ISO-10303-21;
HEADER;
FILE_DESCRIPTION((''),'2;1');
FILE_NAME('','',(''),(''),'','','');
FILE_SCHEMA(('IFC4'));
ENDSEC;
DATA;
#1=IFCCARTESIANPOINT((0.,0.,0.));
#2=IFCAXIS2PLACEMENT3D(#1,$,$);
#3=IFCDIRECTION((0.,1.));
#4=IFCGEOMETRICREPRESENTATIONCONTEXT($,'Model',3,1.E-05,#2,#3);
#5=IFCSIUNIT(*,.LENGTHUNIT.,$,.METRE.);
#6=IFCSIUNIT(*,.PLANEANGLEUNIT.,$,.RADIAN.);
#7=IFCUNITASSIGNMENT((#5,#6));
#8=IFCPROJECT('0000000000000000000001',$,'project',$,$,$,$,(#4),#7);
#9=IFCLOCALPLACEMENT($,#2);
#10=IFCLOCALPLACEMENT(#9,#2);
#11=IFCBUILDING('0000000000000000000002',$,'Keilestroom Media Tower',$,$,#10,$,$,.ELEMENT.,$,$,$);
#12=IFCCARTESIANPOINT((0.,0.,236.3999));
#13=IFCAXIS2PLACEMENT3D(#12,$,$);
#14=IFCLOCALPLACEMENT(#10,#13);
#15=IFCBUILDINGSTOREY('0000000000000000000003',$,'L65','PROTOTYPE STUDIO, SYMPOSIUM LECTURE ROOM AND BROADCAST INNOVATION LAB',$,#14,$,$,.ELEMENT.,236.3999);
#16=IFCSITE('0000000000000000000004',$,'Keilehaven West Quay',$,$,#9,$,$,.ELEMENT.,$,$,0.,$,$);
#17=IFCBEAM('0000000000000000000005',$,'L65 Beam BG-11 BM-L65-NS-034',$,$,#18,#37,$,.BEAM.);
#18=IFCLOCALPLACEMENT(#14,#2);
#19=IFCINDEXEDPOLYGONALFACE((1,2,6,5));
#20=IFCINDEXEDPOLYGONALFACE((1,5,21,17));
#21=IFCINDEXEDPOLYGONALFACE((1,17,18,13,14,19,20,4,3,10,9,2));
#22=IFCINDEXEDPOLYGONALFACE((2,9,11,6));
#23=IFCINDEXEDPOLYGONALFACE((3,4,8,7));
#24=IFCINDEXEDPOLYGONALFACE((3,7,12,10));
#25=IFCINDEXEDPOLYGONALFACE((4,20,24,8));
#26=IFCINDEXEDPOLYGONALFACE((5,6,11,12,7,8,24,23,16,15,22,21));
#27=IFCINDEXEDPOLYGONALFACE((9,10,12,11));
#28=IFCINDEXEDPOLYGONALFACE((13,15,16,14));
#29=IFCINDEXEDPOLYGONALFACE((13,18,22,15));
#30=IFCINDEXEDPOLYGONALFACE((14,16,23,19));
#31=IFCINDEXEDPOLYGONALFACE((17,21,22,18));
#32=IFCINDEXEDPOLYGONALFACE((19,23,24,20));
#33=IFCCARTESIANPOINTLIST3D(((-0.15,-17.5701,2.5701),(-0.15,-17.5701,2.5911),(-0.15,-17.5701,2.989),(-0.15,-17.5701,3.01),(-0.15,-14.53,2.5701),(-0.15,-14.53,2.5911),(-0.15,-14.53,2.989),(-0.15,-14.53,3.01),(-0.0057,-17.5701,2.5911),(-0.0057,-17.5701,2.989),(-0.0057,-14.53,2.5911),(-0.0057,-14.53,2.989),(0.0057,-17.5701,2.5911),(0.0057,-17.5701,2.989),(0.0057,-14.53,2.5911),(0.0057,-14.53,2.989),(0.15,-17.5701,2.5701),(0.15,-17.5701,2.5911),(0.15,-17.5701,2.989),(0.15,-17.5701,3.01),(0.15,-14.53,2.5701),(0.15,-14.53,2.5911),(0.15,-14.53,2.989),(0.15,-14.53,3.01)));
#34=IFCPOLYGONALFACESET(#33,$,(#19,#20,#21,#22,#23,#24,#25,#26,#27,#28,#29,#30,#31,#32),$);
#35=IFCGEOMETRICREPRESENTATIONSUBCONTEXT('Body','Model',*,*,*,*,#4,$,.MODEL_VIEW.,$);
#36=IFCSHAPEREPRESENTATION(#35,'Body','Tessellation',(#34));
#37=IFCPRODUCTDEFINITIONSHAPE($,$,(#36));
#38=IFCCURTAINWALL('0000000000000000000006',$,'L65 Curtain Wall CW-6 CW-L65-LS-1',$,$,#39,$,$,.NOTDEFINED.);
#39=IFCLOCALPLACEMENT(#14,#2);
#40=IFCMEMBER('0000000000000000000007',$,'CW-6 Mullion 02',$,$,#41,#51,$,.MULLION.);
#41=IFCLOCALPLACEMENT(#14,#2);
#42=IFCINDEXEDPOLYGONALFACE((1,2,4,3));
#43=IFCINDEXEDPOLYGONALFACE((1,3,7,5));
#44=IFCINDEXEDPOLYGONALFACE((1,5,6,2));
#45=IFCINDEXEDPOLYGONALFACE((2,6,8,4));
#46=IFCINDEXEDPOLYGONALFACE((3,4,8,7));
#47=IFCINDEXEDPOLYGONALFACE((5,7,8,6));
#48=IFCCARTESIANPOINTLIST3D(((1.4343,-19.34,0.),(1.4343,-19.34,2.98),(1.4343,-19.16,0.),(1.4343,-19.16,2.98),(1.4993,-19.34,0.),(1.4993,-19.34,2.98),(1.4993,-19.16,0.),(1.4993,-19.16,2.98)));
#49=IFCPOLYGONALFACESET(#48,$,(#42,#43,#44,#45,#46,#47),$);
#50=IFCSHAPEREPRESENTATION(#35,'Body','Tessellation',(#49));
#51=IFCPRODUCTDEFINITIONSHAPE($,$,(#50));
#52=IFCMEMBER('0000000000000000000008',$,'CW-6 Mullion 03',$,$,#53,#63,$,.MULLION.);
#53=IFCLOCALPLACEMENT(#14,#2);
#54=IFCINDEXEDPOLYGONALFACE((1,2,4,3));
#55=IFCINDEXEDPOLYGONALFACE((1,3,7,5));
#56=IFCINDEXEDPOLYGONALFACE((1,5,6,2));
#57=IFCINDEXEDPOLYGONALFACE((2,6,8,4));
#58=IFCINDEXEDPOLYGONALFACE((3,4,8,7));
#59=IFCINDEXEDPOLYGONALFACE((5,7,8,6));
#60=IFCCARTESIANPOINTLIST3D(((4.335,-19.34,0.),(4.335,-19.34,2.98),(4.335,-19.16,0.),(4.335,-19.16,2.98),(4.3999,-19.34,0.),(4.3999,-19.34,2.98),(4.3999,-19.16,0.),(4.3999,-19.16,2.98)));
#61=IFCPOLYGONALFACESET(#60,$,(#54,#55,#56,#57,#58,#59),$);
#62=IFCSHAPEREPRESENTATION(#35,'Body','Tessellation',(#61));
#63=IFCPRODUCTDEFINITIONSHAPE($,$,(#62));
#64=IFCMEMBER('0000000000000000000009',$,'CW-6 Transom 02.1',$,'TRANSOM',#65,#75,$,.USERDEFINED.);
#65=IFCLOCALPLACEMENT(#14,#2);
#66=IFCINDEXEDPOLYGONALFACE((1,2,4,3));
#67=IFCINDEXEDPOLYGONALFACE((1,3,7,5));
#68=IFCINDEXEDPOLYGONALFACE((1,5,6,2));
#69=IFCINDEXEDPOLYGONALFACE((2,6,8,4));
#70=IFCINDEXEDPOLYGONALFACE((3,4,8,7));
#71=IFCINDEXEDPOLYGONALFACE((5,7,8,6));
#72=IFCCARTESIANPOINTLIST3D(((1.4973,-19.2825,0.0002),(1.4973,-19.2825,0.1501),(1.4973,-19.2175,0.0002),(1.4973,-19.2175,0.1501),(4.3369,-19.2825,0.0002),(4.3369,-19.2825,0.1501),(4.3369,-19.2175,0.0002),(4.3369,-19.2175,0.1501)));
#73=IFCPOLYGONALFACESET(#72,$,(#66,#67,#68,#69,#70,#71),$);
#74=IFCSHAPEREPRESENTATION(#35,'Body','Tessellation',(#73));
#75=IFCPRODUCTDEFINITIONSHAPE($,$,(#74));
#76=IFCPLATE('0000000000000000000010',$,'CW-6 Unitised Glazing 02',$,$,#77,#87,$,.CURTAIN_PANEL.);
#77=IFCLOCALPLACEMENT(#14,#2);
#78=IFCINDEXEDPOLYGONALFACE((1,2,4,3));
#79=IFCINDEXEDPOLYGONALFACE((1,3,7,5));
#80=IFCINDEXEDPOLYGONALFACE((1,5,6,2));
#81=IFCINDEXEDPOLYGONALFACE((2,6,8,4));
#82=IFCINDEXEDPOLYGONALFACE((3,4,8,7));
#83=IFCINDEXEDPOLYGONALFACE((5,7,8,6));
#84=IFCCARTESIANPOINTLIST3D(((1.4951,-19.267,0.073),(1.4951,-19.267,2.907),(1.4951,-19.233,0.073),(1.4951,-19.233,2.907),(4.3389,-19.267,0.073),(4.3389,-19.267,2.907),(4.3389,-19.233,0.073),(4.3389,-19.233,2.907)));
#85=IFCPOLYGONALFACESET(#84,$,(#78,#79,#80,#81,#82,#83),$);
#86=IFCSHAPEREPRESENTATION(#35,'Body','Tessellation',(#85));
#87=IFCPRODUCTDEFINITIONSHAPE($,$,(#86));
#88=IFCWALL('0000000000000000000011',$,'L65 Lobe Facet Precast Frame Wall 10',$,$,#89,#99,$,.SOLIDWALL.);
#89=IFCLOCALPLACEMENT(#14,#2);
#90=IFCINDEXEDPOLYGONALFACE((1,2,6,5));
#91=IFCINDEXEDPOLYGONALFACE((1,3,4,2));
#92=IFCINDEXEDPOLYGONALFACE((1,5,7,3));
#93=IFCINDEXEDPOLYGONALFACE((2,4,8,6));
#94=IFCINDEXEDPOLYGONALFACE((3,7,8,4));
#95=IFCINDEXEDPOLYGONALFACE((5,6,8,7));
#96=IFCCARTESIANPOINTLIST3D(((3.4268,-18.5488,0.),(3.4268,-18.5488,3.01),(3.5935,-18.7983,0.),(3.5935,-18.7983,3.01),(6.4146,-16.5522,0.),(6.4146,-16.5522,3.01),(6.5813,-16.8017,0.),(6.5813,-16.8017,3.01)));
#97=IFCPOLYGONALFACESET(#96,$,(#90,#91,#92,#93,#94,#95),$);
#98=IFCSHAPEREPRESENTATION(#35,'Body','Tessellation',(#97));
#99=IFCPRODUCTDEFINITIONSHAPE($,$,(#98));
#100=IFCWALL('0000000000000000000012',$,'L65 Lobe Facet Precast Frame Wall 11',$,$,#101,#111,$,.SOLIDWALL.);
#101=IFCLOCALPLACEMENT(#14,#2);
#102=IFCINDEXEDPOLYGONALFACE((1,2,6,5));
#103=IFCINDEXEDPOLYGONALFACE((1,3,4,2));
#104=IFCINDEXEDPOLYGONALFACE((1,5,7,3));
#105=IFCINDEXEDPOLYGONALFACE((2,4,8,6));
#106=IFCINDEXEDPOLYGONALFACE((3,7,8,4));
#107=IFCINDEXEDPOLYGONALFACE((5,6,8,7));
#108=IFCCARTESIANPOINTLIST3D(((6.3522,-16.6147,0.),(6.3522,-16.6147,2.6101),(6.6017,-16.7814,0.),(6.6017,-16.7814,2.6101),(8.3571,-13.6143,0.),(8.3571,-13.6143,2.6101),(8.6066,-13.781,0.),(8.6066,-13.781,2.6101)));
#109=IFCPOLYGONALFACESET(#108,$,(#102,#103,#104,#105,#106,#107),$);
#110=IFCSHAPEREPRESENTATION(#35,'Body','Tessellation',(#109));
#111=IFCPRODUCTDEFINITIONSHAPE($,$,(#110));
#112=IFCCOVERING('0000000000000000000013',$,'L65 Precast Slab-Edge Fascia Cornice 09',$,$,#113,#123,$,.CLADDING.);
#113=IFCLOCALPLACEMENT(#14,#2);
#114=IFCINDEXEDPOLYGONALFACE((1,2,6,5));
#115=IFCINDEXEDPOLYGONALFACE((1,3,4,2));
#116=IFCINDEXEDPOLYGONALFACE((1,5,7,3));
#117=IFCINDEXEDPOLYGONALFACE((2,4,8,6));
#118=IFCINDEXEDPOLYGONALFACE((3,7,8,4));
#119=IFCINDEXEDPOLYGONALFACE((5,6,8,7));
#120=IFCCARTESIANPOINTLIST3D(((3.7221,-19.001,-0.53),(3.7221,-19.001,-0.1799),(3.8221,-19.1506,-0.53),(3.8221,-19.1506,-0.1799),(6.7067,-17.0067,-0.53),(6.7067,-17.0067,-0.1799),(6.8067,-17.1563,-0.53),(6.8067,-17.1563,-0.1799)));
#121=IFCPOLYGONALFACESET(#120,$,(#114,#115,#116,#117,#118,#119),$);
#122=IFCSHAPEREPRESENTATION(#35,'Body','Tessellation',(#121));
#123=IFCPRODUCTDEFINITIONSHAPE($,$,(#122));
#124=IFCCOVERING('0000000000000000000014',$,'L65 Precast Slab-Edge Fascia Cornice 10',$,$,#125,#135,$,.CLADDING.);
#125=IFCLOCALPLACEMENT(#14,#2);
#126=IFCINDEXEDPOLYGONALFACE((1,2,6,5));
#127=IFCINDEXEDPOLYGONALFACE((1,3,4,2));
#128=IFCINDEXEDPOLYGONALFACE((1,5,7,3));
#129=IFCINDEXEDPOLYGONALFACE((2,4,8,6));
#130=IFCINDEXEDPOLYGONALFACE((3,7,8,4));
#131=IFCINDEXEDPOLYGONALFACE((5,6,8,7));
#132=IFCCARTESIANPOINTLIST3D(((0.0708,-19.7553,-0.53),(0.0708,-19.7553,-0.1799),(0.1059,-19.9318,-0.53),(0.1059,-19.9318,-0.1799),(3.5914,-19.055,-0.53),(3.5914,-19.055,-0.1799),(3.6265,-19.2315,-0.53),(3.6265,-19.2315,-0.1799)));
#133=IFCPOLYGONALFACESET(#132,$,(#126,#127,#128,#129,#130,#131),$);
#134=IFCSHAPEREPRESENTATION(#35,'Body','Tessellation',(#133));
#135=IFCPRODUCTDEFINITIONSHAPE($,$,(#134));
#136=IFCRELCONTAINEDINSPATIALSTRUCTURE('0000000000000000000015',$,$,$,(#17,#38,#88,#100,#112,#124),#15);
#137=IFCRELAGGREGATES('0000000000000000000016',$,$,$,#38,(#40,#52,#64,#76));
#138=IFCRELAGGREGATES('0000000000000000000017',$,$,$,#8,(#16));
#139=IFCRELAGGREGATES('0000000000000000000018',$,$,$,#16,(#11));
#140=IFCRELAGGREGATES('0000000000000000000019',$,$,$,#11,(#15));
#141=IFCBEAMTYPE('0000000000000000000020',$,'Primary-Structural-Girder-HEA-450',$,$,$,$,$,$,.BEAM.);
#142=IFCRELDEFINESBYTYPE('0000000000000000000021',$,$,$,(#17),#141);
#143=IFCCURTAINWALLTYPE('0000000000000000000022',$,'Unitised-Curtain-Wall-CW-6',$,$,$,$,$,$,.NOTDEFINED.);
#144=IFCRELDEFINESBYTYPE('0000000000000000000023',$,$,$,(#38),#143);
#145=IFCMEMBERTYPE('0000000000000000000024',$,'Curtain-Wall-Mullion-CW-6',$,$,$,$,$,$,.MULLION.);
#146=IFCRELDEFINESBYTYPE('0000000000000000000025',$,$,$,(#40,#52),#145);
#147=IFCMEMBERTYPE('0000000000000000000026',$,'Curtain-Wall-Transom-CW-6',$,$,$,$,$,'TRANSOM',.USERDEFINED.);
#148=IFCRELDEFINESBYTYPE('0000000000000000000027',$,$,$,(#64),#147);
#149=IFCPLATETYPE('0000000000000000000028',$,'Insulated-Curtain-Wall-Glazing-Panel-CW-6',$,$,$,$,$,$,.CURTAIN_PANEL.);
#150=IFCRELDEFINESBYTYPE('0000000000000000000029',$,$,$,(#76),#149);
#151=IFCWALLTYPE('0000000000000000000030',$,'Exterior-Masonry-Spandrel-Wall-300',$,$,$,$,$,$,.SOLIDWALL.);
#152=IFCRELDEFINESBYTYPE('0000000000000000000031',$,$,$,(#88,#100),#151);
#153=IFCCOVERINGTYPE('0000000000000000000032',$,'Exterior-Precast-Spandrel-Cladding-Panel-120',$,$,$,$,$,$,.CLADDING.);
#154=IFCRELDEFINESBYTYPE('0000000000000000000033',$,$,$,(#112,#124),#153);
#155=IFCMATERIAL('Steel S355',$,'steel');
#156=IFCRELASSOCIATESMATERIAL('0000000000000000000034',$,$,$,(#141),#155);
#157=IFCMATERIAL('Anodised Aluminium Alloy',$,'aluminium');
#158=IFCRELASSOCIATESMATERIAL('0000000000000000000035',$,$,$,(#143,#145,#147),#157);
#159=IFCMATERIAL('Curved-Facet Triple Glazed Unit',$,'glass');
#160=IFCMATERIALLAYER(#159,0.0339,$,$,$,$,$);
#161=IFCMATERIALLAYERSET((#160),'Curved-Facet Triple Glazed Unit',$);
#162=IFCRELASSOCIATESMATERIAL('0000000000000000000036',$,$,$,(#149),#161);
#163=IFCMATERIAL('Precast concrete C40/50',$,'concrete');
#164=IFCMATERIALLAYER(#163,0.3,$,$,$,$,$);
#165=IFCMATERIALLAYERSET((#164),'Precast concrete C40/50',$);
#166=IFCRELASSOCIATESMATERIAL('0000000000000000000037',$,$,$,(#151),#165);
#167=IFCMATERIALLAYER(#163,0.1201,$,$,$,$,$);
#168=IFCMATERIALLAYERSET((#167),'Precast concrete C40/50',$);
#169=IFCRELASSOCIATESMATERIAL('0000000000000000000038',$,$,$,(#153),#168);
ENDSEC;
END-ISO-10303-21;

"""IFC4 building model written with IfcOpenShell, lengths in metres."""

from ifc_helpers import new_model, si_unit, direction, frame, frame_2d, origin, origin_2d, place, context, subcontext, project, spatial, rectangle, i_section, extrude, source, transform, mapped, material, layer, layer_set, material_profile, profile_set, type_object, element, aggregate, save


model = new_model("IFC4")

# Units and contexts
model_context = context("Model", 3, precision=1e-05, world=origin(), true_north=direction((0.0, 1.0)))
body_context = subcontext(model_context, "Body", "Model", "MODEL_VIEW")
ifc_project = project(units=[si_unit("LENGTHUNIT", "METRE"), si_unit("PLANEANGLEUNIT", "RADIAN")], contexts=[model_context])

# Site, building, storey
site_placement = place(None, origin())
site = spatial("IfcSite", under=ifc_project, at=site_placement, Name="Keilehaven West Quay", CompositionType="ELEMENT", RefElevation=0.0)
building_placement = place(site_placement, origin())
building = spatial("IfcBuilding", under=site, at=building_placement, Name="Keilestroom Media Tower", CompositionType="ELEMENT")
storey_placement = place(building_placement, frame((0.0, 0.0, 236.3999)))
storey = spatial("IfcBuildingStorey", under=building, at=storey_placement, Name="L65", Description="PROTOTYPE STUDIO, SYMPOSIUM LECTURE ROOM AND BROADCAST INNOVATION LAB", CompositionType="ELEMENT", Elevation=236.3999)

# Shared definitions
ifc_material_1 = material(Name="Steel S355", Category="steel")

# Beam
ifc_material_profile_1 = material_profile(ifc_material_1, i_section(OverallWidth=0.3, OverallDepth=0.4399, WebThickness=0.0115, FlangeThickness=0.021, at=origin_2d()), Name="HEA 450")
ifc_profile_set_1 = profile_set([ifc_material_profile_1], Name="Steel S355")
beam_type_1 = type_object("IfcBeamType", Name="Primary-Structural-Girder-HEA-450", PredefinedType="BEAM", material=ifc_profile_set_1)
shared_shape_1 = source(origin(), body_context, "Body", "SweptSolid", [
    extrude(i_section(OverallWidth=0.3, OverallDepth=0.4399, WebThickness=0.0115, FlangeThickness=0.021, at=origin_2d()), origin(), (0.0, 0.0, 1.0), 3.04),
])
beam_1_placement = place(storey_placement, frame((0.0, -17.5701, 2.79), z_axis=(0.0, 1.0, 0.0), x_axis=(-1.0, 0.0, 0.0)))
element("IfcBeam", 1, at=beam_1_placement, inside=storey, type_object=beam_type_1, Name="L65 Beam BG-11 BM-L65-NS-034", PredefinedType="BEAM", context=body_context, shape_type="MappedRepresentation", body=[
    mapped(shared_shape_1, transform((0.0, 0.0, 0.0), x_axis=(1.0, 0.0, 0.0), y_axis=(0.0, 1.0, 0.0), z_axis=(0.0, 0.0, 1.0), scale=1.0)),
])

# Curtain wall, members, plate
ifc_material_2 = material(Name="Anodised Aluminium Alloy", Category="aluminium")
curtain_wall_type = type_object("IfcCurtainWallType", Name="Unitised-Curtain-Wall-CW-6", PredefinedType="NOTDEFINED", material=ifc_material_2)
curtain_wall_placement = place(storey_placement, origin())
curtain_wall = element("IfcCurtainWall", 2, at=curtain_wall_placement, inside=storey, type_object=curtain_wall_type, Name="L65 Curtain Wall CW-6 CW-L65-LS-1", PredefinedType="NOTDEFINED")
ifc_material_profile_2 = material_profile(ifc_material_2, rectangle(XDim=0.0649, YDim=0.1799, at=origin_2d()), Name="ALU MULLION 65x180")
ifc_profile_set_2 = profile_set([ifc_material_profile_2], Name="Anodised Aluminium Alloy")
member_type_1 = type_object("IfcMemberType", Name="Curtain-Wall-Mullion-CW-6", PredefinedType="MULLION", material=ifc_profile_set_2)
shared_shape_2 = source(origin(), body_context, "Body", "SweptSolid", [
    extrude(rectangle(XDim=0.0649, YDim=0.1799, at=origin_2d()), origin(), (0.0, 0.0, 1.0), 2.98),
])
member_1_placement = place(storey_placement, frame((1.4668, -19.25, 0.0), z_axis=(0.0, 0.0, 1.0), x_axis=(1.0, 0.0, 0.0)))
member_1 = element("IfcMember", 3, at=member_1_placement, type_object=member_type_1, Name="CW-6 Mullion 02", PredefinedType="MULLION", context=body_context, shape_type="MappedRepresentation", body=[
    mapped(shared_shape_2, transform((0.0, 0.0, 0.0), x_axis=(1.0, 0.0, 0.0), y_axis=(0.0, 1.0, 0.0), z_axis=(0.0, 0.0, 1.0), scale=1.0)),
])
member_2_placement = place(storey_placement, frame((4.3674, -19.25, 0.0), z_axis=(0.0, 0.0, 1.0), x_axis=(1.0, 0.0, 0.0)))
member_2 = element("IfcMember", 4, at=member_2_placement, type_object=member_type_1, Name="CW-6 Mullion 03", PredefinedType="MULLION", context=body_context, shape_type="MappedRepresentation", body=[
    mapped(shared_shape_2, transform((0.0, 0.0, 0.0), x_axis=(1.0, 0.0, 0.0), y_axis=(0.0, 1.0, 0.0), z_axis=(0.0, 0.0, 1.0), scale=1.0)),
])
ifc_material_profile_3 = material_profile(ifc_material_2, rectangle(XDim=0.0649, YDim=0.1499, at=origin_2d()), Name="ALU TRANSOM 65x150")
ifc_profile_set_3 = profile_set([ifc_material_profile_3], Name="Anodised Aluminium Alloy")
member_type_2 = type_object("IfcMemberType", Name="Curtain-Wall-Transom-CW-6", ElementType="TRANSOM", PredefinedType="USERDEFINED", material=ifc_profile_set_3)
shared_shape_3 = source(origin(), body_context, "Body", "SweptSolid", [
    extrude(rectangle(XDim=0.0649, YDim=0.1499, at=origin_2d()), origin(), (0.0, 0.0, 1.0), 2.8396),
])
member_3_placement = place(storey_placement, frame((1.4973, -19.25, 0.0752), z_axis=(1.0, 0.0, 0.0), x_axis=(0.0, 1.0, 0.0)))
member_3 = element("IfcMember", 5, at=member_3_placement, type_object=member_type_2, Name="CW-6 Transom 02.1", ObjectType="TRANSOM", PredefinedType="USERDEFINED", context=body_context, shape_type="MappedRepresentation", body=[
    mapped(shared_shape_3, transform((0.0, 0.0, 0.0), x_axis=(1.0, 0.0, 0.0), y_axis=(0.0, 1.0, 0.0), z_axis=(0.0, 0.0, 1.0), scale=1.0)),
])
ifc_material_3 = material(Name="Curved-Facet Triple Glazed Unit", Category="glass")
ifc_layer_1 = layer(ifc_material_3, 0.0339)
ifc_layer_set_1 = layer_set([ifc_layer_1], Name="Curved-Facet Triple Glazed Unit")
plate_type = type_object("IfcPlateType", Name="Insulated-Curtain-Wall-Glazing-Panel-CW-6", PredefinedType="CURTAIN_PANEL", material=ifc_layer_set_1)
shared_shape_4 = source(origin(), body_context, "Body", "SweptSolid", [
    extrude(rectangle(XDim=2.8438, YDim=0.0339, at=origin_2d()), origin(), (0.0, 0.0, 1.0), 2.834),
])
plate_placement = place(storey_placement, frame((2.917, -19.25, 0.073), z_axis=(0.0, 0.0, 1.0), x_axis=(1.0, 0.0, 0.0)))
plate = element("IfcPlate", 6, at=plate_placement, type_object=plate_type, Name="CW-6 Unitised Glazing 02", PredefinedType="CURTAIN_PANEL", context=body_context, shape_type="MappedRepresentation", body=[
    mapped(shared_shape_4, transform((0.0, 0.0, 0.0), x_axis=(1.0, 0.0, 0.0), y_axis=(0.0, 1.0, 0.0), z_axis=(0.0, 0.0, 1.0), scale=1.0)),
])
aggregate(curtain_wall, [member_1, member_2, member_3, plate])

# Walls
ifc_material_4 = material(Name="Precast concrete C40/50", Category="concrete")
ifc_layer_2 = layer(ifc_material_4, 0.3)
ifc_layer_set_2 = layer_set([ifc_layer_2], Name="Precast concrete C40/50")
wall_type = type_object("IfcWallType", Name="Exterior-Masonry-Spandrel-Wall-300", PredefinedType="SOLIDWALL", material=ifc_layer_set_2)
wall_1_placement = place(storey_placement, frame((3.51, -18.6736, 0.0), z_axis=(0.0, 0.0, 1.0), x_axis=(0.831444, 0.555609, 0.0)))
element("IfcWall", 7, at=wall_1_placement, inside=storey, type_object=wall_type, Name="L65 Lobe Facet Precast Frame Wall 10", PredefinedType="SOLIDWALL", context=body_context, shape_type="SweptSolid", body=[
    extrude(rectangle(XDim=3.5935, YDim=0.3, at=frame_2d((1.7969, 0.0))), origin(), (0.0, 0.0, 1.0), 3.01),
])
wall_2_placement = place(storey_placement, frame((6.4771, -16.698, 0.0), z_axis=(0.0, 0.0, 1.0), x_axis=(0.555574, 0.831467, 0.0)))
element("IfcWall", 8, at=wall_2_placement, inside=storey, type_object=wall_type, Name="L65 Lobe Facet Precast Frame Wall 11", PredefinedType="SOLIDWALL", context=body_context, shape_type="SweptSolid", body=[
    extrude(rectangle(XDim=3.6086, YDim=0.3, at=frame_2d((1.8042, 0.0))), origin(), (0.0, 0.0, 1.0), 2.6101),
])

# Coverings
ifc_layer_3 = layer(ifc_material_4, 0.1201)
ifc_layer_set_3 = layer_set([ifc_layer_3], Name="Precast concrete C40/50")
covering_type = type_object("IfcCoveringType", Name="Exterior-Precast-Spandrel-Cladding-Panel-120", PredefinedType="CLADDING", material=ifc_layer_set_3)
shared_shape_5 = source(origin(), body_context, "Body", "SweptSolid", [
    extrude(rectangle(XDim=3.5896, YDim=0.1799, at=origin_2d()), origin(), (0.0, 0.0, 1.0), 0.3501),
])
for number, where, z_axis, x_axis, name in (
    (9, (5.2644, -18.0786, -0.53), (0.0, 0.0, 1.0), (-0.831467, -0.555575, 0.0), "L65 Precast Slab-Edge Fascia Cornice 09"),
    (10, (1.8486, -19.4934, -0.53), (0.0, 0.0, 1.0), (-0.980784, -0.195099, 0.0), "L65 Precast Slab-Edge Fascia Cornice 10"),
):
    element("IfcCovering", number, at=place(storey_placement, frame(where, z_axis=z_axis, x_axis=x_axis)), inside=storey, type_object=covering_type, Name=name, PredefinedType="CLADDING", context=body_context, shape_type="MappedRepresentation", body=[
        mapped(shared_shape_5, transform((0.0, 0.0, 0.0), x_axis=(1.0, 0.0, 0.0), y_axis=(0.0, 1.0, 0.0), z_axis=(0.0, 0.0, 1.0), scale=1.0)),
    ])

save(model, "model.ifc")
